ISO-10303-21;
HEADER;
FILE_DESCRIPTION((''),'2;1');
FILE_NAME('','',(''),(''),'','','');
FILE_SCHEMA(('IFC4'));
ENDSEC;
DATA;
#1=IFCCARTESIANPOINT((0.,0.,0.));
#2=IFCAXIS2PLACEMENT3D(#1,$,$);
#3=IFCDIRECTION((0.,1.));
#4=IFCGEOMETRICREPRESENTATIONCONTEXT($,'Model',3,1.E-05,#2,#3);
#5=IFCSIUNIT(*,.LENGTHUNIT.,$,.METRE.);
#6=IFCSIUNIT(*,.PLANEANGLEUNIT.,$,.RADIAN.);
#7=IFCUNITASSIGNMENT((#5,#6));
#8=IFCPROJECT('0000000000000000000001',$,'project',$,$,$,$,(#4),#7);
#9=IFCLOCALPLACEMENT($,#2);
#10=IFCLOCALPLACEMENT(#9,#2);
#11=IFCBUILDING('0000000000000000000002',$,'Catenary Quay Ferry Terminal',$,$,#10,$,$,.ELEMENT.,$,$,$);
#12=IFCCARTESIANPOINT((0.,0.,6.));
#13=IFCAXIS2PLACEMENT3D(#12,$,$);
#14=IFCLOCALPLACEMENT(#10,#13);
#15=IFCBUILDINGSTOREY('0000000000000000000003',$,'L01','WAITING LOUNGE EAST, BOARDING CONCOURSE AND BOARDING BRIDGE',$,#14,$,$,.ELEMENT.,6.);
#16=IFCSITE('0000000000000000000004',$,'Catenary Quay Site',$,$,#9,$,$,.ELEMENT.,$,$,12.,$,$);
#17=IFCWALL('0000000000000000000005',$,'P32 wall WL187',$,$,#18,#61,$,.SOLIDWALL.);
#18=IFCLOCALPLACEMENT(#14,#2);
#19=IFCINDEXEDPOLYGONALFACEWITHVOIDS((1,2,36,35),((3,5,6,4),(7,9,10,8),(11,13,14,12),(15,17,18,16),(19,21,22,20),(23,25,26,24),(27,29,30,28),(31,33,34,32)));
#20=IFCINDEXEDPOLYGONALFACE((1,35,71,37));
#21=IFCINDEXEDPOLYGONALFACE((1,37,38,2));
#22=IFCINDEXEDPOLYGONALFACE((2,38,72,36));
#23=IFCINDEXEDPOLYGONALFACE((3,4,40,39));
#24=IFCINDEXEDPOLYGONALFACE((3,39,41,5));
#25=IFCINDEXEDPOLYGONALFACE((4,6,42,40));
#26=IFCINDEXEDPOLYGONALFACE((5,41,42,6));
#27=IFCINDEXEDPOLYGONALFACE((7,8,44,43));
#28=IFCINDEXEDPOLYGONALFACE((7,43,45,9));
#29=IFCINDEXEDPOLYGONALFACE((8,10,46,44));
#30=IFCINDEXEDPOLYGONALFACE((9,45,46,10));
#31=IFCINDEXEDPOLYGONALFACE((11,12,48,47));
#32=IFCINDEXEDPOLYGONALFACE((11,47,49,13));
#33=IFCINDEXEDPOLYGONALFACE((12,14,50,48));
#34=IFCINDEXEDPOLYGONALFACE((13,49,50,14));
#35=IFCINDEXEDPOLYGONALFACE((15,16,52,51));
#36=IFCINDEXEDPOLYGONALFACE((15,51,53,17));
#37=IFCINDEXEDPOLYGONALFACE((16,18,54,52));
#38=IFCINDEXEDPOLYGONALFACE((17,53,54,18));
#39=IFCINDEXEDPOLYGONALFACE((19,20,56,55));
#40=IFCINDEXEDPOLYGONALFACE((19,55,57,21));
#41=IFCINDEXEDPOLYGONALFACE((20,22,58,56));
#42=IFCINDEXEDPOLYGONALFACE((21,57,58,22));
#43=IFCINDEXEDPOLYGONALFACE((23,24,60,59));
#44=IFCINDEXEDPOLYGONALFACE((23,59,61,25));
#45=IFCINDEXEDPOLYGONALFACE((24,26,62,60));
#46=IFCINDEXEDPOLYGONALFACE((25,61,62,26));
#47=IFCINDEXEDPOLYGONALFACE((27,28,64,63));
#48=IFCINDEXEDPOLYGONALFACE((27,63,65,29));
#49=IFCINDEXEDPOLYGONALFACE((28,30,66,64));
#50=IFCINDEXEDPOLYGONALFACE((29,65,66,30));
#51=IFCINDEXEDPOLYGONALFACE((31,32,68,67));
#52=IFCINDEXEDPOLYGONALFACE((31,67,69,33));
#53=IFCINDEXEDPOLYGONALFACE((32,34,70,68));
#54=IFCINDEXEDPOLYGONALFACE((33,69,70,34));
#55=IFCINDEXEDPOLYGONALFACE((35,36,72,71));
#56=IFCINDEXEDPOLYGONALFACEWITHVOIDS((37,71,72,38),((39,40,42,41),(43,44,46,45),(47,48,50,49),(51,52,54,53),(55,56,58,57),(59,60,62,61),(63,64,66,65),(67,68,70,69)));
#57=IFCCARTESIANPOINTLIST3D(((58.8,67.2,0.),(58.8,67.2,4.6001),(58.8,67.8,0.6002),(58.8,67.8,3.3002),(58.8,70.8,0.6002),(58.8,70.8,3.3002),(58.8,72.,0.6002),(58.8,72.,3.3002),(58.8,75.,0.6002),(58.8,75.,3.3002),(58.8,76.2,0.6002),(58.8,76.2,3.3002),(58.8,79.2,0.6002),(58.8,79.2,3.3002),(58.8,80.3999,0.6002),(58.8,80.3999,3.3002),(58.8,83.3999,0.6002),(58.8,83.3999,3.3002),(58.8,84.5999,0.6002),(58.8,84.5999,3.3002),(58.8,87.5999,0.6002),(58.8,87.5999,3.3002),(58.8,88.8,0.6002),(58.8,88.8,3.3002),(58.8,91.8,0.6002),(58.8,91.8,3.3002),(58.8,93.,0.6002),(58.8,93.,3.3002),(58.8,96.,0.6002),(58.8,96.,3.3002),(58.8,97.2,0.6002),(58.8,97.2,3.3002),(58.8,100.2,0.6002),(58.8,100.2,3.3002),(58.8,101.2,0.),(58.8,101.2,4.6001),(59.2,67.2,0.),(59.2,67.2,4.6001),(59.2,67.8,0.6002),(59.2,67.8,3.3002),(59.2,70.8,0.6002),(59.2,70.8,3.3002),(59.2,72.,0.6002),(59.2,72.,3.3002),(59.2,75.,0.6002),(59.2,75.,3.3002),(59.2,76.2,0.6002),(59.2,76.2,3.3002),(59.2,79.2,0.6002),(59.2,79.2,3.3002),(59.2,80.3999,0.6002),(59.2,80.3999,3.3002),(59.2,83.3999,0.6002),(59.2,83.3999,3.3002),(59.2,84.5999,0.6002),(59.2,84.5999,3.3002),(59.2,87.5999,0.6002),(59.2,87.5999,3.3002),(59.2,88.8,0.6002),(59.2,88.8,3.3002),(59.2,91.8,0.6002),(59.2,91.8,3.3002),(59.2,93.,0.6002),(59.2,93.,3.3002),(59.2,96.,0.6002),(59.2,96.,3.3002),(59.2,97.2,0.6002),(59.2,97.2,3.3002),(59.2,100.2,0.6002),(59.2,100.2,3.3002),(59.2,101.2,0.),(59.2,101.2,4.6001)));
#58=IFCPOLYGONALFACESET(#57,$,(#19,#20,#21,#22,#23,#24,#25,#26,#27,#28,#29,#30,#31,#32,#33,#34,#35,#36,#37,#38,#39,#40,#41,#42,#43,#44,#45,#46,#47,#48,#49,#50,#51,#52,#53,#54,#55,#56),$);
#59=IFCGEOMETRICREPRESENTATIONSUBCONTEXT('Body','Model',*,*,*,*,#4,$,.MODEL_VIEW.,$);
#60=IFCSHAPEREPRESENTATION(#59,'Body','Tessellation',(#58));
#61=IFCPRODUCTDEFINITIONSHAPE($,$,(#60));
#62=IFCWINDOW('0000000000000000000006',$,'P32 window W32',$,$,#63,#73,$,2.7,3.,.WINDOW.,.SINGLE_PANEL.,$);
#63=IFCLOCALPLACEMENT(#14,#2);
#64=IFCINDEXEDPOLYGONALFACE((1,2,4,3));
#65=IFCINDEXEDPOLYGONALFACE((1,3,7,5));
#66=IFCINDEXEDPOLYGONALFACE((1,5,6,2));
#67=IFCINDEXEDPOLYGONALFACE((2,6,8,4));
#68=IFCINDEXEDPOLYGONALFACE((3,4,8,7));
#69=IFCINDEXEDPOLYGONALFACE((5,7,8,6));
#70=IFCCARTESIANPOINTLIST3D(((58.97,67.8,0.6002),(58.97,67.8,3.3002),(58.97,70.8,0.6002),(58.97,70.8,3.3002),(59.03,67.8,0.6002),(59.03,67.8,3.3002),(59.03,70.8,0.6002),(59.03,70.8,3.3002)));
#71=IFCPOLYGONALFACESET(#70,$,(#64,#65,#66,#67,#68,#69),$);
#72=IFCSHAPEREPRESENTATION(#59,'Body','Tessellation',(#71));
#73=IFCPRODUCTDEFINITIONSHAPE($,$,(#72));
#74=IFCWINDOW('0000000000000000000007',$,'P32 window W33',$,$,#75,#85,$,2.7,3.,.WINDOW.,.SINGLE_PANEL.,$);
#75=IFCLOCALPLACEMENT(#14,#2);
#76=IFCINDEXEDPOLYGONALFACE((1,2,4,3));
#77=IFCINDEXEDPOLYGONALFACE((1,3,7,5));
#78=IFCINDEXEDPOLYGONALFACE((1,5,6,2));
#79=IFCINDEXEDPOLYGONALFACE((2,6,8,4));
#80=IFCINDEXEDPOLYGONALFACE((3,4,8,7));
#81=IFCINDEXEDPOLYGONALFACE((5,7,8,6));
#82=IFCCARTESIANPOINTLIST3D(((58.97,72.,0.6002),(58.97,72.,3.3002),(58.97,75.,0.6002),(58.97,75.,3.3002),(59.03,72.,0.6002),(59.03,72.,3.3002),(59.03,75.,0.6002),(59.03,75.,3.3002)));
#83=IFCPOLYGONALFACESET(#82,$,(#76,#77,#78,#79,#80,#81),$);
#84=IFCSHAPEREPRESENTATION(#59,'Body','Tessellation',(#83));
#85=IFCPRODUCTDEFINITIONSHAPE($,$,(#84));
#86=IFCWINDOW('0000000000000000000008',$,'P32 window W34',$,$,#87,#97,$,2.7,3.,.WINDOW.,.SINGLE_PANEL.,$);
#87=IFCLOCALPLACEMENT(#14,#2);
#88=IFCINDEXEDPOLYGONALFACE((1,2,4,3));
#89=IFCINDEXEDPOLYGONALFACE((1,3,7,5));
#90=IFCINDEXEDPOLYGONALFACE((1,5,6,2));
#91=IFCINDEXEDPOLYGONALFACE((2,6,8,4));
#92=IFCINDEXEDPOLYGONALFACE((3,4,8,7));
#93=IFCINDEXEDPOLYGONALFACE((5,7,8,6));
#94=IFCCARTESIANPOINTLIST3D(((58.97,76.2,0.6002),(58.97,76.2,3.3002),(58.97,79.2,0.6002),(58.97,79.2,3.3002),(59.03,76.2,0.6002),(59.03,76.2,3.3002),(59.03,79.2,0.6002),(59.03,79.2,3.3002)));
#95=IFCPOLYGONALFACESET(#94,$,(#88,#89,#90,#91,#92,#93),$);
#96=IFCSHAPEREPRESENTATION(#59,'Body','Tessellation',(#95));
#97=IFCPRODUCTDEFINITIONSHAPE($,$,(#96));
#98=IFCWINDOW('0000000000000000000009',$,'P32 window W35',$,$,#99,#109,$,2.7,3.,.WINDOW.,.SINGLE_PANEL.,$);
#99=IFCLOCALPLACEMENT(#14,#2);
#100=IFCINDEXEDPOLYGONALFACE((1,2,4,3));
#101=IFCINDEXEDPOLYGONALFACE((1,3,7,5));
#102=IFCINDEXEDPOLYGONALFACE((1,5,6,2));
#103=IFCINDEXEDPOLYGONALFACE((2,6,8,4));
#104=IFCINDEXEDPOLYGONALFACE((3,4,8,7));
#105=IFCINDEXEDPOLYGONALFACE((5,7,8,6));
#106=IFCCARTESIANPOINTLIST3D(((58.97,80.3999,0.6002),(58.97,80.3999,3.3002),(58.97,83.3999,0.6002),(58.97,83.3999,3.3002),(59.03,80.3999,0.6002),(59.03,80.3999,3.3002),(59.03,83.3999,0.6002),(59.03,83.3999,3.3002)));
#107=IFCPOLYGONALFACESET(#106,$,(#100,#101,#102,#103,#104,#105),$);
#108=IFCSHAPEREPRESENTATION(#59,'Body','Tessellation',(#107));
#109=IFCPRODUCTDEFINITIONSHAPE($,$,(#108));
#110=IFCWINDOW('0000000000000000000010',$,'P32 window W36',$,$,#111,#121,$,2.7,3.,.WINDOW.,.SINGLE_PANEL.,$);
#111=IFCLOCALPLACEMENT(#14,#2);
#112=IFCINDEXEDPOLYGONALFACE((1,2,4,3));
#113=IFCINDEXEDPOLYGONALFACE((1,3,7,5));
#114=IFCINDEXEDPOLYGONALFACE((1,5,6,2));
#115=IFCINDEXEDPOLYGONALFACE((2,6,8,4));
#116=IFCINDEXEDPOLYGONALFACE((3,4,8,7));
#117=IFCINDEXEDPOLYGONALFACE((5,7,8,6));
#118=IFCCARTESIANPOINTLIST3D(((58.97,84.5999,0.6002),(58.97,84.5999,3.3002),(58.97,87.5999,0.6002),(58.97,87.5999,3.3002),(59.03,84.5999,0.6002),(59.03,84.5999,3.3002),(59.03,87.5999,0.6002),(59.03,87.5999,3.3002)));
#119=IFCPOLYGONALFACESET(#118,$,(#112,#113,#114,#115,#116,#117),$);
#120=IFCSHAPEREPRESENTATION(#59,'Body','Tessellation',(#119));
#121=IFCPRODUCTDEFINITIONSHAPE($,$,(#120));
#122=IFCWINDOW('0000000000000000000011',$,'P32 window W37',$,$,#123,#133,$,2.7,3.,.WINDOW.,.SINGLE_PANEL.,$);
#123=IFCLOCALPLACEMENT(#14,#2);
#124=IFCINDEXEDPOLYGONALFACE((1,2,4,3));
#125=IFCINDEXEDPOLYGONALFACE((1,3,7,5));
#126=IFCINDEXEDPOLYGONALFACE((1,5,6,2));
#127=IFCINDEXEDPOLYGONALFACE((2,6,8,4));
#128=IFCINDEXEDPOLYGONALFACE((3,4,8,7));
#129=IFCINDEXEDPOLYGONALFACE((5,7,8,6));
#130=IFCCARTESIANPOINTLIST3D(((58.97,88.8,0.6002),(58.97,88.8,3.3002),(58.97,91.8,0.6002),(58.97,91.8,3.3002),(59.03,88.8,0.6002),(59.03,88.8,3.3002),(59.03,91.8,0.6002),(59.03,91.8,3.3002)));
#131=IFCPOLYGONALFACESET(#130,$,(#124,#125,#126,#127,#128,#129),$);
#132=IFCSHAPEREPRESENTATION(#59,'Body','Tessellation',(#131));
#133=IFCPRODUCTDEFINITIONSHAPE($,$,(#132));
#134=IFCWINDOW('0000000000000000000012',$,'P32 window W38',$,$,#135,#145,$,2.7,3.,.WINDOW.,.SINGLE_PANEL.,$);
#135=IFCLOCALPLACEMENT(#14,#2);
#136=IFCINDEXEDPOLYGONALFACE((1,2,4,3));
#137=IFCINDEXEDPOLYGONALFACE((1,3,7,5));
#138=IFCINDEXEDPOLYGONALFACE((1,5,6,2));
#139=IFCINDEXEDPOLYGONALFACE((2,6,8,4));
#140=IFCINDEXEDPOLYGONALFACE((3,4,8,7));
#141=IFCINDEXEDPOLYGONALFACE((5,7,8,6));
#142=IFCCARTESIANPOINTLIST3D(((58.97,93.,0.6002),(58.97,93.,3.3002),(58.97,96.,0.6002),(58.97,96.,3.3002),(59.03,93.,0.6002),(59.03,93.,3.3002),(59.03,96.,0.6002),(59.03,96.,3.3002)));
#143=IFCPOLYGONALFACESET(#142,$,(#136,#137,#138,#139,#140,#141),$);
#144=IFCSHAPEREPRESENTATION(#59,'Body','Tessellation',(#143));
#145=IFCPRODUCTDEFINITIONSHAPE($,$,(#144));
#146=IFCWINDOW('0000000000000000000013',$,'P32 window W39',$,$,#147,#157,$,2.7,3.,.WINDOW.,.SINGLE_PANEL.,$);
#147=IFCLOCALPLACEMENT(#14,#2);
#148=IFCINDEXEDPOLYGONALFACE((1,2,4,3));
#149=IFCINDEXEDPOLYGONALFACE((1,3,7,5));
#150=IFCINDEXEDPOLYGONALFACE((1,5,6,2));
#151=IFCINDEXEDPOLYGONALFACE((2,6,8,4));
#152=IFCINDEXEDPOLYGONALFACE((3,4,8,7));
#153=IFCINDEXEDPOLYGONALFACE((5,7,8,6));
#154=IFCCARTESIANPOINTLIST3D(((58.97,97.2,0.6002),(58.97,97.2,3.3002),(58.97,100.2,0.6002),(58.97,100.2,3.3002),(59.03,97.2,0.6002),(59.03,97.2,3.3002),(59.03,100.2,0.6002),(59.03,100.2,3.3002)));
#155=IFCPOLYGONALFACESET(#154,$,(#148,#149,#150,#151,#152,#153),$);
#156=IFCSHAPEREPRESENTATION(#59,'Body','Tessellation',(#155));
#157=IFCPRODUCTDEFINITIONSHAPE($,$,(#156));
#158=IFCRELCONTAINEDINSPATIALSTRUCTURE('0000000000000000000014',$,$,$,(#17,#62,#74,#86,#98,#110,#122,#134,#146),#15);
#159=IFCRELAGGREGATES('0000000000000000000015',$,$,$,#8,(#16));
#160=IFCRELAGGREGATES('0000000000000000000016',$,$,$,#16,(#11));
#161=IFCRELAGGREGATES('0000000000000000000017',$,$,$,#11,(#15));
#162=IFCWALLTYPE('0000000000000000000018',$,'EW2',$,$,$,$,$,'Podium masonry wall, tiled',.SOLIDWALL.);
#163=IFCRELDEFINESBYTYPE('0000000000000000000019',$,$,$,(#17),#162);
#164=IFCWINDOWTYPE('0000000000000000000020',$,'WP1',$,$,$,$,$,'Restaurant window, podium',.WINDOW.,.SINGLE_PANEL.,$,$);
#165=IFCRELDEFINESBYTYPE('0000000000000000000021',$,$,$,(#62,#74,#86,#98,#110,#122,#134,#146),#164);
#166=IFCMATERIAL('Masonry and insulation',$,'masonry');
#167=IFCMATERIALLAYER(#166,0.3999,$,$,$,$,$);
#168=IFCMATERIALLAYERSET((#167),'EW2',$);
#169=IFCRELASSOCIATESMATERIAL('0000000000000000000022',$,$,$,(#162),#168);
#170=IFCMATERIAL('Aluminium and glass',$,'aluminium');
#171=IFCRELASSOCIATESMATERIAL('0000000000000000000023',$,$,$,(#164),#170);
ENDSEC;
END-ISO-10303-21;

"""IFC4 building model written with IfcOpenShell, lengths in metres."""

from ifc_helpers import new_model, si_unit, direction, frame, frame_2d, origin, place, context, subcontext, project, spatial, rectangle, extrude, material, layer, layer_set, type_object, element, fill, save


model = new_model("IFC4")

# Units and contexts
model_context = context("Model", 3, precision=1e-05, world=origin(), true_north=direction((0.0, 1.0)))
body_context = subcontext(model_context, "Body", "Model", "MODEL_VIEW")
ifc_project = project(units=[si_unit("LENGTHUNIT", "METRE"), si_unit("PLANEANGLEUNIT", "RADIAN")], contexts=[model_context])

# Site, building, storey
site_placement = place(None, origin())
site = spatial("IfcSite", under=ifc_project, at=site_placement, Name="Catenary Quay Site", CompositionType="ELEMENT", RefElevation=12.0)
building_placement = place(site_placement, origin())
building = spatial("IfcBuilding", under=site, at=building_placement, Name="Catenary Quay Ferry Terminal", CompositionType="ELEMENT")
storey_placement = place(building_placement, frame((0.0, 0.0, 6.0)))
storey = spatial("IfcBuildingStorey", under=building, at=storey_placement, Name="L01", Description="WAITING LOUNGE EAST, BOARDING CONCOURSE AND BOARDING BRIDGE", CompositionType="ELEMENT", Elevation=6.0)

# Wall, openings, windows
ifc_material_1 = material(Name="Masonry and insulation", Category="masonry")
ifc_layer_1 = layer(ifc_material_1, 0.3999)
ifc_layer_set_1 = layer_set([ifc_layer_1], Name="EW2")
wall_type = type_object("IfcWallType", Name="EW2", ElementType="Podium masonry wall, tiled", PredefinedType="SOLIDWALL", material=ifc_layer_set_1)
wall_placement = place(storey_placement, frame((59.0, 67.2, 0.0), z_axis=(0.0, 0.0, 1.0), x_axis=(0.0, 1.0, 0.0)))
wall = element("IfcWall", 1, at=wall_placement, inside=storey, type_object=wall_type, Name="P32 wall WL187", PredefinedType="SOLIDWALL", context=body_context, shape_type="SweptSolid", body=[
    extrude(rectangle(XDim=34.0, YDim=0.3999, at=frame_2d((17.0, 0.0))), origin(), (0.0, 0.0, 1.0), 4.6001),
])
opening_1_placement = place(wall_placement, frame((0.6001, 0.0, 0.6001)))
opening_1 = element("IfcOpeningElement", 2, at=opening_1_placement, cuts=wall, PredefinedType="OPENING", context=body_context, shape_type="SweptSolid", body=[
    extrude(rectangle(XDim=3.0, YDim=2.7, at=frame_2d((1.5, 1.3501))), frame((0.0, 0.21, 0.0), z_axis=(0.0, -1.0, 0.0), x_axis=(1.0, 0.0, 0.0)), (0.0, 0.0, 1.0), 0.4199),
])
opening_2_placement = place(wall_placement, frame((4.8, 0.0, 0.6001)))
opening_2 = element("IfcOpeningElement", 3, at=opening_2_placement, cuts=wall, PredefinedType="OPENING", context=body_context, shape_type="SweptSolid", body=[
    extrude(rectangle(XDim=3.0, YDim=2.7, at=frame_2d((1.5, 1.3501))), frame((0.0, 0.21, 0.0), z_axis=(0.0, -1.0, 0.0), x_axis=(1.0, 0.0, 0.0)), (0.0, 0.0, 1.0), 0.4199),
])
opening_3_placement = place(wall_placement, frame((9.0, 0.0, 0.6001)))
opening_3 = element("IfcOpeningElement", 4, at=opening_3_placement, cuts=wall, PredefinedType="OPENING", context=body_context, shape_type="SweptSolid", body=[
    extrude(rectangle(XDim=3.0, YDim=2.7, at=frame_2d((1.5, 1.3501))), frame((0.0, 0.21, 0.0), z_axis=(0.0, -1.0, 0.0), x_axis=(1.0, 0.0, 0.0)), (0.0, 0.0, 1.0), 0.4199),
])
opening_4_placement = place(wall_placement, frame((13.2, 0.0, 0.6001)))
opening_4 = element("IfcOpeningElement", 5, at=opening_4_placement, cuts=wall, PredefinedType="OPENING", context=body_context, shape_type="SweptSolid", body=[
    extrude(rectangle(XDim=3.0, YDim=2.7, at=frame_2d((1.5, 1.3501))), frame((0.0, 0.21, 0.0), z_axis=(0.0, -1.0, 0.0), x_axis=(1.0, 0.0, 0.0)), (0.0, 0.0, 1.0), 0.4199),
])
opening_5_placement = place(wall_placement, frame((17.3999, 0.0, 0.6001)))
opening_5 = element("IfcOpeningElement", 6, at=opening_5_placement, cuts=wall, PredefinedType="OPENING", context=body_context, shape_type="SweptSolid", body=[
    extrude(rectangle(XDim=3.0, YDim=2.7, at=frame_2d((1.5, 1.3501))), frame((0.0, 0.21, 0.0), z_axis=(0.0, -1.0, 0.0), x_axis=(1.0, 0.0, 0.0)), (0.0, 0.0, 1.0), 0.4199),
])
opening_6_placement = place(wall_placement, frame((21.6001, 0.0, 0.6001)))
opening_6 = element("IfcOpeningElement", 7, at=opening_6_placement, cuts=wall, PredefinedType="OPENING", context=body_context, shape_type="SweptSolid", body=[
    extrude(rectangle(XDim=3.0, YDim=2.7, at=frame_2d((1.5, 1.3501))), frame((0.0, 0.21, 0.0), z_axis=(0.0, -1.0, 0.0), x_axis=(1.0, 0.0, 0.0)), (0.0, 0.0, 1.0), 0.4199),
])
opening_7_placement = place(wall_placement, frame((25.8, 0.0, 0.6001)))
opening_7 = element("IfcOpeningElement", 8, at=opening_7_placement, cuts=wall, PredefinedType="OPENING", context=body_context, shape_type="SweptSolid", body=[
    extrude(rectangle(XDim=3.0, YDim=2.7, at=frame_2d((1.5, 1.3501))), frame((0.0, 0.21, 0.0), z_axis=(0.0, -1.0, 0.0), x_axis=(1.0, 0.0, 0.0)), (0.0, 0.0, 1.0), 0.4199),
])
opening_8_placement = place(wall_placement, frame((30.0, 0.0, 0.6001)))
opening_8 = element("IfcOpeningElement", 9, at=opening_8_placement, cuts=wall, PredefinedType="OPENING", context=body_context, shape_type="SweptSolid", body=[
    extrude(rectangle(XDim=3.0, YDim=2.7, at=frame_2d((1.5, 1.3501))), frame((0.0, 0.21, 0.0), z_axis=(0.0, -1.0, 0.0), x_axis=(1.0, 0.0, 0.0)), (0.0, 0.0, 1.0), 0.4199),
])
ifc_material_2 = material(Name="Aluminium and glass", Category="aluminium")
window_type = type_object("IfcWindowType", Name="WP1", ElementType="Restaurant window, podium", PartitioningType="SINGLE_PANEL", PredefinedType="WINDOW", material=ifc_material_2)
window_1_placement = place(opening_1_placement, origin())
window_1 = element("IfcWindow", 10, at=window_1_placement, inside=storey, type_object=window_type, Name="P32 window W32", OverallHeight=2.7, OverallWidth=3.0, PartitioningType="SINGLE_PANEL", PredefinedType="WINDOW", context=body_context, shape_type="SweptSolid", body=[
    extrude(rectangle(XDim=3.0, YDim=2.7, at=frame_2d((1.5, 1.3501))), frame((0.0, 0.03, 0.0), z_axis=(0.0, -1.0, 0.0), x_axis=(1.0, 0.0, 0.0)), (0.0, 0.0, 1.0), 0.0601),
])
fill(opening_1, window_1)
window_2_placement = place(opening_2_placement, origin())
window_2 = element("IfcWindow", 11, at=window_2_placement, inside=storey, type_object=window_type, Name="P32 window W33", OverallHeight=2.7, OverallWidth=3.0, PartitioningType="SINGLE_PANEL", PredefinedType="WINDOW", context=body_context, shape_type="SweptSolid", body=[
    extrude(rectangle(XDim=3.0, YDim=2.7, at=frame_2d((1.5, 1.3501))), frame((0.0, 0.03, 0.0), z_axis=(0.0, -1.0, 0.0), x_axis=(1.0, 0.0, 0.0)), (0.0, 0.0, 1.0), 0.0601),
])
fill(opening_2, window_2)
window_3_placement = place(opening_3_placement, origin())
window_3 = element("IfcWindow", 12, at=window_3_placement, inside=storey, type_object=window_type, Name="P32 window W34", OverallHeight=2.7, OverallWidth=3.0, PartitioningType="SINGLE_PANEL", PredefinedType="WINDOW", context=body_context, shape_type="SweptSolid", body=[
    extrude(rectangle(XDim=3.0, YDim=2.7, at=frame_2d((1.5, 1.3501))), frame((0.0, 0.03, 0.0), z_axis=(0.0, -1.0, 0.0), x_axis=(1.0, 0.0, 0.0)), (0.0, 0.0, 1.0), 0.0601),
])
fill(opening_3, window_3)
window_4_placement = place(opening_4_placement, origin())
window_4 = element("IfcWindow", 13, at=window_4_placement, inside=storey, type_object=window_type, Name="P32 window W35", OverallHeight=2.7, OverallWidth=3.0, PartitioningType="SINGLE_PANEL", PredefinedType="WINDOW", context=body_context, shape_type="SweptSolid", body=[
    extrude(rectangle(XDim=3.0, YDim=2.7, at=frame_2d((1.5, 1.3501))), frame((0.0, 0.03, 0.0), z_axis=(0.0, -1.0, 0.0), x_axis=(1.0, 0.0, 0.0)), (0.0, 0.0, 1.0), 0.0601),
])
fill(opening_4, window_4)
window_5_placement = place(opening_5_placement, origin())
window_5 = element("IfcWindow", 14, at=window_5_placement, inside=storey, type_object=window_type, Name="P32 window W36", OverallHeight=2.7, OverallWidth=3.0, PartitioningType="SINGLE_PANEL", PredefinedType="WINDOW", context=body_context, shape_type="SweptSolid", body=[
    extrude(rectangle(XDim=3.0, YDim=2.7, at=frame_2d((1.5, 1.3501))), frame((0.0, 0.03, 0.0), z_axis=(0.0, -1.0, 0.0), x_axis=(1.0, 0.0, 0.0)), (0.0, 0.0, 1.0), 0.0601),
])
fill(opening_5, window_5)
window_6_placement = place(opening_6_placement, origin())
window_6 = element("IfcWindow", 15, at=window_6_placement, inside=storey, type_object=window_type, Name="P32 window W37", OverallHeight=2.7, OverallWidth=3.0, PartitioningType="SINGLE_PANEL", PredefinedType="WINDOW", context=body_context, shape_type="SweptSolid", body=[
    extrude(rectangle(XDim=3.0, YDim=2.7, at=frame_2d((1.5, 1.3501))), frame((0.0, 0.03, 0.0), z_axis=(0.0, -1.0, 0.0), x_axis=(1.0, 0.0, 0.0)), (0.0, 0.0, 1.0), 0.0601),
])
fill(opening_6, window_6)
window_7_placement = place(opening_7_placement, origin())
window_7 = element("IfcWindow", 16, at=window_7_placement, inside=storey, type_object=window_type, Name="P32 window W38", OverallHeight=2.7, OverallWidth=3.0, PartitioningType="SINGLE_PANEL", PredefinedType="WINDOW", context=body_context, shape_type="SweptSolid", body=[
    extrude(rectangle(XDim=3.0, YDim=2.7, at=frame_2d((1.5, 1.3501))), frame((0.0, 0.03, 0.0), z_axis=(0.0, -1.0, 0.0), x_axis=(1.0, 0.0, 0.0)), (0.0, 0.0, 1.0), 0.0601),
])
fill(opening_7, window_7)
window_8_placement = place(opening_8_placement, origin())
window_8 = element("IfcWindow", 17, at=window_8_placement, inside=storey, type_object=window_type, Name="P32 window W39", OverallHeight=2.7, OverallWidth=3.0, PartitioningType="SINGLE_PANEL", PredefinedType="WINDOW", context=body_context, shape_type="SweptSolid", body=[
    extrude(rectangle(XDim=3.0, YDim=2.7, at=frame_2d((1.5, 1.3501))), frame((0.0, 0.03, 0.0), z_axis=(0.0, -1.0, 0.0), x_axis=(1.0, 0.0, 0.0)), (0.0, 0.0, 1.0), 0.0601),
])
fill(opening_8, window_8)

save(model, "model.ifc")
